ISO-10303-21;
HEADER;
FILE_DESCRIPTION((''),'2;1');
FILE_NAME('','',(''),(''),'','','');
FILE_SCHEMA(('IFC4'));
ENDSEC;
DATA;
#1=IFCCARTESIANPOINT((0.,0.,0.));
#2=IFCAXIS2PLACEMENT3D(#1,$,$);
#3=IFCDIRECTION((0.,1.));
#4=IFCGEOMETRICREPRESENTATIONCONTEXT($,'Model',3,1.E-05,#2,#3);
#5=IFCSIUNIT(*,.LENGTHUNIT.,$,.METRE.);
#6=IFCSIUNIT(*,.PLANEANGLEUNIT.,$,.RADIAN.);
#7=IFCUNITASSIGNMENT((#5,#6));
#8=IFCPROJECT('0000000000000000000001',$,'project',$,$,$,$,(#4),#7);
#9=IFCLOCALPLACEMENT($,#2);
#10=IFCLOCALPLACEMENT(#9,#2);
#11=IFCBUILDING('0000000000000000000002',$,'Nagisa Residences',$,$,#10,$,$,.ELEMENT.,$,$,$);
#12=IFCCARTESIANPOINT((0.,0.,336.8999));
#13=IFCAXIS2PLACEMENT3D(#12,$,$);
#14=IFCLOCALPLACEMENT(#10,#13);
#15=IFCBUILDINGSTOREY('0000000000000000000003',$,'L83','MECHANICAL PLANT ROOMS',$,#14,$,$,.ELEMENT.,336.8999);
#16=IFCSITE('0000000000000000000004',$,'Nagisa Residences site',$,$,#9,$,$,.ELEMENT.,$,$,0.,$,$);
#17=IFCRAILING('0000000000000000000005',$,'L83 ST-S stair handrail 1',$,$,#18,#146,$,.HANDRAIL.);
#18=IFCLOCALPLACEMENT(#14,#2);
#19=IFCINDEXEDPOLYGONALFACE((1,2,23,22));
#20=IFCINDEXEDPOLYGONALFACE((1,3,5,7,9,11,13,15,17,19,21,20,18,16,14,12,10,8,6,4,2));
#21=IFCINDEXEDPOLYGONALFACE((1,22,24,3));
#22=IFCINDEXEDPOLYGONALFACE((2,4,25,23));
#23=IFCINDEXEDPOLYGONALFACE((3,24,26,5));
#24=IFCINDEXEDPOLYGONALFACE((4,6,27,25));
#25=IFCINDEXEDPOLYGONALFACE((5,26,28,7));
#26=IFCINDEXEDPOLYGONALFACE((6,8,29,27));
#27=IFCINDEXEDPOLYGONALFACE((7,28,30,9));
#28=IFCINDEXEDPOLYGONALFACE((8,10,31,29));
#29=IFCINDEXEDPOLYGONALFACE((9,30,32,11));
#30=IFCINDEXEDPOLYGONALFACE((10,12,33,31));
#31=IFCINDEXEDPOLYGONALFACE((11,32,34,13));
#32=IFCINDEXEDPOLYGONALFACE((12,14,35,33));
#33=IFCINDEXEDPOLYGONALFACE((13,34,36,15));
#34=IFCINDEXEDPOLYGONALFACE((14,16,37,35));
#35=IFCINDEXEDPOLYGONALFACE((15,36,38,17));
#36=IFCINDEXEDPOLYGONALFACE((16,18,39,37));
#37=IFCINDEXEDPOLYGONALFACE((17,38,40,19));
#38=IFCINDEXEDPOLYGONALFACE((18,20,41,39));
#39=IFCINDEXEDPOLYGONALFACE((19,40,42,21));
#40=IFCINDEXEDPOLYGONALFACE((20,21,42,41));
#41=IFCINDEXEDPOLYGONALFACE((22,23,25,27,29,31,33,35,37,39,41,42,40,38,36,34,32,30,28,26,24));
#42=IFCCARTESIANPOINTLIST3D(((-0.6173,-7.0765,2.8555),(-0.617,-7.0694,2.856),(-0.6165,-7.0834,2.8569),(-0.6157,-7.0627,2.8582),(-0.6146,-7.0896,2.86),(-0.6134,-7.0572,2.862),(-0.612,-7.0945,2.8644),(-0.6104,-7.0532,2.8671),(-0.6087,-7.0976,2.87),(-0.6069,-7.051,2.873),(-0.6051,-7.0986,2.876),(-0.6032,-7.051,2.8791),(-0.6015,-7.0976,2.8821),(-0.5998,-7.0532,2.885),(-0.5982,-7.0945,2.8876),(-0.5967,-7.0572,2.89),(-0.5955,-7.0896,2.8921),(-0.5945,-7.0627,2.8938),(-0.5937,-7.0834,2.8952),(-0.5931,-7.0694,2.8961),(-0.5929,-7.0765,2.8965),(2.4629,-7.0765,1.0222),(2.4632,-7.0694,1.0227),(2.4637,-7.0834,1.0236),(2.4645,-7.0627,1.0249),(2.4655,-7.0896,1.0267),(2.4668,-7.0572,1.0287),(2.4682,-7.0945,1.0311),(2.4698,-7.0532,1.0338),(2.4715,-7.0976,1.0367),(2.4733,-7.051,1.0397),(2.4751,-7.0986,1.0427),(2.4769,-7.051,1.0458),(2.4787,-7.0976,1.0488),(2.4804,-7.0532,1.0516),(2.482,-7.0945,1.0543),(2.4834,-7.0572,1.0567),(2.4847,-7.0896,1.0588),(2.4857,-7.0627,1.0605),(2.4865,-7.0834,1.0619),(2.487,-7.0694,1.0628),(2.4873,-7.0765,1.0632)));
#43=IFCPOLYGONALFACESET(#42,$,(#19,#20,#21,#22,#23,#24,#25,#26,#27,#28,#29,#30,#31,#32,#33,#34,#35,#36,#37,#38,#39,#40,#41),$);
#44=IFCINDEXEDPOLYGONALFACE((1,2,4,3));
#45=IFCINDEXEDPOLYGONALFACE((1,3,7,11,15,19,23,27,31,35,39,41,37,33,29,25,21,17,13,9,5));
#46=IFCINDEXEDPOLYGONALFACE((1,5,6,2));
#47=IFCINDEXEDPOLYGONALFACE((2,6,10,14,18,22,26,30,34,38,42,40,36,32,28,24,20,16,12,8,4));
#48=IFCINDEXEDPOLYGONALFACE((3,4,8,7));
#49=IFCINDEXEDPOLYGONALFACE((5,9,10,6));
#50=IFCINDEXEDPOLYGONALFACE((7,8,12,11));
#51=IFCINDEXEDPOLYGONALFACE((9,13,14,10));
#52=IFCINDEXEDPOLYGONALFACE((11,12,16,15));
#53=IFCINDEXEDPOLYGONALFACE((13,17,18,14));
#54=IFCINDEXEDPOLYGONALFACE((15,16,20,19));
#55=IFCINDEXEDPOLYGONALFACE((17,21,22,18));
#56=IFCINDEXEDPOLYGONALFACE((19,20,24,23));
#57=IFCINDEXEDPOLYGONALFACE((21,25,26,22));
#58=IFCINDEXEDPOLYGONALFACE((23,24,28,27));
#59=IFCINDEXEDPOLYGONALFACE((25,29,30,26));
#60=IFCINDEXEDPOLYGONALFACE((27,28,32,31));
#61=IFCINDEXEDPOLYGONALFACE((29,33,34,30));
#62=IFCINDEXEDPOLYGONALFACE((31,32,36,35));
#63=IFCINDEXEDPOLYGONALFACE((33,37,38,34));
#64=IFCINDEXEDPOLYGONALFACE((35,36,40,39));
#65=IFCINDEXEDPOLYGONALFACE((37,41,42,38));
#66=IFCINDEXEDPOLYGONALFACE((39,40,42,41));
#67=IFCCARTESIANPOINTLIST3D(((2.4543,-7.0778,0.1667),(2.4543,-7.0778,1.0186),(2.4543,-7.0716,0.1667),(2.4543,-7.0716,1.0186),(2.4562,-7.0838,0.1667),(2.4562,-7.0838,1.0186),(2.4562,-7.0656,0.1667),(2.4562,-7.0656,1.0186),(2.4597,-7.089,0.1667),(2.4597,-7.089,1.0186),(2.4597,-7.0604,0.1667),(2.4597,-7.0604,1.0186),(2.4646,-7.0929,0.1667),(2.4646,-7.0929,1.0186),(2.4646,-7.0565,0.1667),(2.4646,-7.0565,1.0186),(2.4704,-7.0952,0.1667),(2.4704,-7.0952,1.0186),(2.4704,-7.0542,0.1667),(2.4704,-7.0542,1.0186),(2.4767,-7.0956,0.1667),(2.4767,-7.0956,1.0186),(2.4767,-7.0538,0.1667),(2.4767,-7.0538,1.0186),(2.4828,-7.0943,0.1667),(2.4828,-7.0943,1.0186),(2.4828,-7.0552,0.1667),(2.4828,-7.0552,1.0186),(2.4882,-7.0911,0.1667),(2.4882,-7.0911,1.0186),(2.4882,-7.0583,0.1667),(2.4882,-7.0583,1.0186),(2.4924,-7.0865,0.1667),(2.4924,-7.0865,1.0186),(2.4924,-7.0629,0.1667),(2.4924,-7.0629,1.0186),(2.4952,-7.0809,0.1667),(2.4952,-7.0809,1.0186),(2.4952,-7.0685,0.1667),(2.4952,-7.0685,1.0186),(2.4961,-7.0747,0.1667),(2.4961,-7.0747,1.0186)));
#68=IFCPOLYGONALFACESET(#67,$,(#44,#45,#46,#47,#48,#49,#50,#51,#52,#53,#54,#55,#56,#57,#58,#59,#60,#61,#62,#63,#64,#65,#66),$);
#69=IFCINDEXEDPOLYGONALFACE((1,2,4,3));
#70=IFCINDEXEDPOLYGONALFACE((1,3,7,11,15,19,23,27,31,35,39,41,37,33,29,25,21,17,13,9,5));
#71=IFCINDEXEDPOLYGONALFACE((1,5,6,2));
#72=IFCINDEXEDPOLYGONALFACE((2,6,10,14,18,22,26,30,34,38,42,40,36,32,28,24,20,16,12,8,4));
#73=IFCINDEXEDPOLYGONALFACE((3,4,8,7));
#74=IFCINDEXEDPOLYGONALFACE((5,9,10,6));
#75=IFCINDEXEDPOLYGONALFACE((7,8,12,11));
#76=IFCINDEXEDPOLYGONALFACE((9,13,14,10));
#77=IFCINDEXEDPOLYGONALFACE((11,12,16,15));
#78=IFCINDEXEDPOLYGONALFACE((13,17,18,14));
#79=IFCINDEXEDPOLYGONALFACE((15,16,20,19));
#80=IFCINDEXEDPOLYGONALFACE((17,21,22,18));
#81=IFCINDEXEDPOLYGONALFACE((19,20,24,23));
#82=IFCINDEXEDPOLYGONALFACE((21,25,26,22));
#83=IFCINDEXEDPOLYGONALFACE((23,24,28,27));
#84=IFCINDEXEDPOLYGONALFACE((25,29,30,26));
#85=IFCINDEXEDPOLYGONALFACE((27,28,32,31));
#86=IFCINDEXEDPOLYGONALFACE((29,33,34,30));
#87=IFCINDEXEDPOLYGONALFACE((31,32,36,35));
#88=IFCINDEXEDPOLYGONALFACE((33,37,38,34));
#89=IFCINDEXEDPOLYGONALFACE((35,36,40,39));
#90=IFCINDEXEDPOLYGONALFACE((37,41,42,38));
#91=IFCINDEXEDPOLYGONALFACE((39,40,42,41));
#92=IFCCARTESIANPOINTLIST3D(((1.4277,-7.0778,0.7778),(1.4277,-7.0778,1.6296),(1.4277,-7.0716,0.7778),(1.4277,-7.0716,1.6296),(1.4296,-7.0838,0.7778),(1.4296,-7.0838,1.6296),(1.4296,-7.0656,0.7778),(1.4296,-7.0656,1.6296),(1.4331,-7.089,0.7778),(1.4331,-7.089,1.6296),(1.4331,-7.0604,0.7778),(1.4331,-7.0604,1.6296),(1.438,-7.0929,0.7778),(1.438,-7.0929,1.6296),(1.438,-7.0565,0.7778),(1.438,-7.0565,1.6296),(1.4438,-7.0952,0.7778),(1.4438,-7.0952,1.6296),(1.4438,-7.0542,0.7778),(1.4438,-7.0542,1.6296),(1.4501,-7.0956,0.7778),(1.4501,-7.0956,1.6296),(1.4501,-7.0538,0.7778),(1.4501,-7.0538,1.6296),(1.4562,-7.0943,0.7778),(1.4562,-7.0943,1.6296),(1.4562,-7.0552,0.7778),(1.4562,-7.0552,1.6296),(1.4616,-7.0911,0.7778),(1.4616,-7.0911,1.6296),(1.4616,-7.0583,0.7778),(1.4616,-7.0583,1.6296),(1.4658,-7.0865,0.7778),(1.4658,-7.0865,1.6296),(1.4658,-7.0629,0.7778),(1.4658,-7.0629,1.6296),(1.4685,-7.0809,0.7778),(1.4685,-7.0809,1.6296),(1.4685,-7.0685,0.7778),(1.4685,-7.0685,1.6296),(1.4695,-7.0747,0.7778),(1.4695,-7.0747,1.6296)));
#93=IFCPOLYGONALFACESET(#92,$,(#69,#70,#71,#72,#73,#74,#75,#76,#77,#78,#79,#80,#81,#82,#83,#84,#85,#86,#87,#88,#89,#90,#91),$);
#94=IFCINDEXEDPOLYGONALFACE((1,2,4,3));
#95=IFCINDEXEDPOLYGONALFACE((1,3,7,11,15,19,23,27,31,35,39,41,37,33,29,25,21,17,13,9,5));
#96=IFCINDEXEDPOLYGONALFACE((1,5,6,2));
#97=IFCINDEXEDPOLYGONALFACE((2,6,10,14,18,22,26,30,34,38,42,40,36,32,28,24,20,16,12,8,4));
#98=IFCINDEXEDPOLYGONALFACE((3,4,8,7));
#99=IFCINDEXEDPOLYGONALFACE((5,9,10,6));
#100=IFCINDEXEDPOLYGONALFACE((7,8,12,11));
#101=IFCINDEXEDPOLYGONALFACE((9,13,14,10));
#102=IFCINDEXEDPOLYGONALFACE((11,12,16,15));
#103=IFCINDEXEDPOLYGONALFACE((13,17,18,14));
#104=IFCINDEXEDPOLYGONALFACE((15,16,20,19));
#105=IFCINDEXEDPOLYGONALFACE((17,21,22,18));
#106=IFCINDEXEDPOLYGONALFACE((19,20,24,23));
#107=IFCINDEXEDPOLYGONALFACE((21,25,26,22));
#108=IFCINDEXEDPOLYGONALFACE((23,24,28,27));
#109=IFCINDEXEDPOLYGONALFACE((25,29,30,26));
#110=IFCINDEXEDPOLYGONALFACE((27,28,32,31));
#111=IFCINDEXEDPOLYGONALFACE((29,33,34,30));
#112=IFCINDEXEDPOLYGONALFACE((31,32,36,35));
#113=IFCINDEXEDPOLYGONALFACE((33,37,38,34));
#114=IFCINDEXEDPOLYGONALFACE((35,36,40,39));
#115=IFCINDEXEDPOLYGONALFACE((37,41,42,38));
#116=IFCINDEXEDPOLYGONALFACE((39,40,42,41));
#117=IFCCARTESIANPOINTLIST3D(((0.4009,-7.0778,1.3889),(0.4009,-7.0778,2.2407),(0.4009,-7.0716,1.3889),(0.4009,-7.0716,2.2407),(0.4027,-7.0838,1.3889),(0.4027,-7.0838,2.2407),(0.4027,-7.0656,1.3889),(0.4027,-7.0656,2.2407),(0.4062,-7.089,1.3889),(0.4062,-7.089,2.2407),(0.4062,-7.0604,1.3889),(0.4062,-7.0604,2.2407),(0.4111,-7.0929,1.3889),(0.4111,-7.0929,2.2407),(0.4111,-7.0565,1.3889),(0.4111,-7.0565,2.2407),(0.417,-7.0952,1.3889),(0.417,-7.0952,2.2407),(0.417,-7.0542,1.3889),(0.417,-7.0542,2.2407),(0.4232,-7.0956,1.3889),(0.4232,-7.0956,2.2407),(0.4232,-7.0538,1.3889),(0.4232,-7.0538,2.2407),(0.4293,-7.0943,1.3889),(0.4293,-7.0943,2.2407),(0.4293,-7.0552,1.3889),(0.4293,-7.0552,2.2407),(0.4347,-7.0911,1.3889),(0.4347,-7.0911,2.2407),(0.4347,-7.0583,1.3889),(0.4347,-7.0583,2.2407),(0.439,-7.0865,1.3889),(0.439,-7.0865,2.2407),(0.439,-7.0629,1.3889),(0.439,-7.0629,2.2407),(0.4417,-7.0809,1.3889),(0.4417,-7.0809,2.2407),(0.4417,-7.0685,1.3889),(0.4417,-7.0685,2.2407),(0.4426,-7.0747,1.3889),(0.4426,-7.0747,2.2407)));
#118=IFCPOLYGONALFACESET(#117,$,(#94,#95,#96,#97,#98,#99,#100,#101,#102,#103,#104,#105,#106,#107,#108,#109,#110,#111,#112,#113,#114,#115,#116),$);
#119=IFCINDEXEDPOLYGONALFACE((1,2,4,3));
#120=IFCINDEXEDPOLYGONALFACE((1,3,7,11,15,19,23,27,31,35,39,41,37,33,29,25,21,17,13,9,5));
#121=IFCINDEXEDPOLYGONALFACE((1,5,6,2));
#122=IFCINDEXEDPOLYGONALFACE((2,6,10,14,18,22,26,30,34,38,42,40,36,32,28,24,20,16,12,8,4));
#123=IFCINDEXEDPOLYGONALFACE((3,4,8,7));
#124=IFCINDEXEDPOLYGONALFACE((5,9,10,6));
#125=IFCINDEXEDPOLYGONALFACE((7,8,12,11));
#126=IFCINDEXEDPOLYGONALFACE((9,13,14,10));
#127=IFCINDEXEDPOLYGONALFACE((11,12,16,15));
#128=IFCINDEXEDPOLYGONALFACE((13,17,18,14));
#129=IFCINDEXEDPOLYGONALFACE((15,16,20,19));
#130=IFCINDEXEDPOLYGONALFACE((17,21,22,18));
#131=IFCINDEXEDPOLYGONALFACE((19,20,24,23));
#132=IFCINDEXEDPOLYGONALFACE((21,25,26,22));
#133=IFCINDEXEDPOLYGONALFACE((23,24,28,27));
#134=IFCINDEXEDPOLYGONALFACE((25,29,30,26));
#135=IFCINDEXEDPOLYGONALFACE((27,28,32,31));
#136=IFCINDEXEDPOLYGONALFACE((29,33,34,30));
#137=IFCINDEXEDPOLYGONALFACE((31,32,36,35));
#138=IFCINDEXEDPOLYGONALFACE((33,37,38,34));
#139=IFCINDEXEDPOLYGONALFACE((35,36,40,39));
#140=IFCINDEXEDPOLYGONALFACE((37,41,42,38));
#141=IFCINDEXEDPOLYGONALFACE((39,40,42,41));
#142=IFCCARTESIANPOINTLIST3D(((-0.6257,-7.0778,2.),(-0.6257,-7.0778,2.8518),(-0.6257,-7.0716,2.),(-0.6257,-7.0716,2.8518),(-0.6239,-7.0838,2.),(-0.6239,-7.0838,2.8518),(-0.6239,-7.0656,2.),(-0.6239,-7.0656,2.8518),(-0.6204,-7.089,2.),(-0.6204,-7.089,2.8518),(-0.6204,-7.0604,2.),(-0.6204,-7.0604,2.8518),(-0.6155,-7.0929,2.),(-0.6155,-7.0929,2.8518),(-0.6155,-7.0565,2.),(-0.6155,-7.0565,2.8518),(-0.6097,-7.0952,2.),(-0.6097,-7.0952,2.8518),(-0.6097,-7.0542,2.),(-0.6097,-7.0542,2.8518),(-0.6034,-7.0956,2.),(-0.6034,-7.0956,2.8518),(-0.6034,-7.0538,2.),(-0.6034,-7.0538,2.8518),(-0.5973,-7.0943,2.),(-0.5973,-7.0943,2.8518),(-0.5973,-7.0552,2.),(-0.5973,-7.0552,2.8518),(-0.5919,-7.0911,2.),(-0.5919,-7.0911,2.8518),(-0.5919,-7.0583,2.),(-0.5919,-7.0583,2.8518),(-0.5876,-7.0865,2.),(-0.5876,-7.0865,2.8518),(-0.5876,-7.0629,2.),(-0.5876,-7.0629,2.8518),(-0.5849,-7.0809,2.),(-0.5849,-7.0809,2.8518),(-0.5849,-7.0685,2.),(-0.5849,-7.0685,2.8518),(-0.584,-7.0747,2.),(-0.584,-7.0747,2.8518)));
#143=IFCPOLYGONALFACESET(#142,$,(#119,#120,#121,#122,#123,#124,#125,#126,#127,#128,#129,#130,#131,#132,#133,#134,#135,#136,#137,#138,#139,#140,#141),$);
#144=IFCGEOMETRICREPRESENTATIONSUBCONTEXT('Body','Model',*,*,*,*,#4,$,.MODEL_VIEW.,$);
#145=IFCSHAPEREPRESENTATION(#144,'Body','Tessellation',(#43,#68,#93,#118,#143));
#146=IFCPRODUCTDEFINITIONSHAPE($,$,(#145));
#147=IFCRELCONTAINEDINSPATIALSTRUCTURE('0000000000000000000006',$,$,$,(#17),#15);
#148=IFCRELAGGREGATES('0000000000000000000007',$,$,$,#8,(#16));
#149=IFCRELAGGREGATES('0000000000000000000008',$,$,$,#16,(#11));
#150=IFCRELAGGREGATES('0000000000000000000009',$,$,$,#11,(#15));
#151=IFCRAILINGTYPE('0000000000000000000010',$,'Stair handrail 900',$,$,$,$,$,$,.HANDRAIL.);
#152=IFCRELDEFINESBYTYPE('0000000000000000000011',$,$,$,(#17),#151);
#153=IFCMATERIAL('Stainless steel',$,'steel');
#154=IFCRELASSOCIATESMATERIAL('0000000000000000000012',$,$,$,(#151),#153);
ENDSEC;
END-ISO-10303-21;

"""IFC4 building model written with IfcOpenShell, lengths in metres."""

from ifc_helpers import new_model, si_unit, direction, frame, origin, origin_2d, place, context, subcontext, project, spatial, circle, extrude, material, type_object, element, save


model = new_model("IFC4")

# Units and contexts
model_context = context("Model", 3, precision=1e-05, world=origin(), true_north=direction((0.0, 1.0)))
body_context = subcontext(model_context, "Body", "Model", "MODEL_VIEW")
ifc_project = project(units=[si_unit("LENGTHUNIT", "METRE"), si_unit("PLANEANGLEUNIT", "RADIAN")], contexts=[model_context])

# Site, building, storey
site_placement = place(None, origin())
site = spatial("IfcSite", under=ifc_project, at=site_placement, Name="Nagisa Residences site", CompositionType="ELEMENT", RefElevation=0.0)
building_placement = place(site_placement, origin())
building = spatial("IfcBuilding", under=site, at=building_placement, Name="Nagisa Residences", CompositionType="ELEMENT")
storey_placement = place(building_placement, frame((0.0, 0.0, 336.8999)))
storey = spatial("IfcBuildingStorey", under=building, at=storey_placement, Name="L83", Description="MECHANICAL PLANT ROOMS", CompositionType="ELEMENT", Elevation=336.8999)

# Railing
ifc_material_1 = material(Name="Stainless steel", Category="steel")
railing_type_1 = type_object("IfcRailingType", Name="Stair handrail 900", PredefinedType="HANDRAIL", material=ifc_material_1)
railing_1_placement = place(storey_placement, frame((2.4751, -7.0747, 0.1667)))
element("IfcRailing", 1, at=railing_1_placement, inside=storey, type_object=railing_type_1, Name="L83 ST-S stair handrail 1", PredefinedType="HANDRAIL", context=body_context, shape_type="SweptSolid", body=[
    extrude(circle(Radius=0.0239, at=origin_2d()), frame((0.0, 0.0, 0.876), z_axis=(-0.859309, 0.0, 0.511458), x_axis=(0.0, -1.0, 0.0)), (0.0, 0.0, 1.0), 3.5845),
    extrude(circle(Radius=0.021, at=origin_2d()), origin(), (0.0, 0.0, 1.0), 0.8518),
    extrude(circle(Radius=0.021, at=origin_2d()), frame((-1.0266, 0.0, 0.6111)), (0.0, 0.0, 1.0), 0.8518),
    extrude(circle(Radius=0.021, at=origin_2d()), frame((-2.0535, 0.0, 1.2222)), (0.0, 0.0, 1.0), 0.8518),
    extrude(circle(Radius=0.021, at=origin_2d()), frame((-3.0801, 0.0, 1.8333)), (0.0, 0.0, 1.0), 0.8518),
])

save(model, "model.ifc")
